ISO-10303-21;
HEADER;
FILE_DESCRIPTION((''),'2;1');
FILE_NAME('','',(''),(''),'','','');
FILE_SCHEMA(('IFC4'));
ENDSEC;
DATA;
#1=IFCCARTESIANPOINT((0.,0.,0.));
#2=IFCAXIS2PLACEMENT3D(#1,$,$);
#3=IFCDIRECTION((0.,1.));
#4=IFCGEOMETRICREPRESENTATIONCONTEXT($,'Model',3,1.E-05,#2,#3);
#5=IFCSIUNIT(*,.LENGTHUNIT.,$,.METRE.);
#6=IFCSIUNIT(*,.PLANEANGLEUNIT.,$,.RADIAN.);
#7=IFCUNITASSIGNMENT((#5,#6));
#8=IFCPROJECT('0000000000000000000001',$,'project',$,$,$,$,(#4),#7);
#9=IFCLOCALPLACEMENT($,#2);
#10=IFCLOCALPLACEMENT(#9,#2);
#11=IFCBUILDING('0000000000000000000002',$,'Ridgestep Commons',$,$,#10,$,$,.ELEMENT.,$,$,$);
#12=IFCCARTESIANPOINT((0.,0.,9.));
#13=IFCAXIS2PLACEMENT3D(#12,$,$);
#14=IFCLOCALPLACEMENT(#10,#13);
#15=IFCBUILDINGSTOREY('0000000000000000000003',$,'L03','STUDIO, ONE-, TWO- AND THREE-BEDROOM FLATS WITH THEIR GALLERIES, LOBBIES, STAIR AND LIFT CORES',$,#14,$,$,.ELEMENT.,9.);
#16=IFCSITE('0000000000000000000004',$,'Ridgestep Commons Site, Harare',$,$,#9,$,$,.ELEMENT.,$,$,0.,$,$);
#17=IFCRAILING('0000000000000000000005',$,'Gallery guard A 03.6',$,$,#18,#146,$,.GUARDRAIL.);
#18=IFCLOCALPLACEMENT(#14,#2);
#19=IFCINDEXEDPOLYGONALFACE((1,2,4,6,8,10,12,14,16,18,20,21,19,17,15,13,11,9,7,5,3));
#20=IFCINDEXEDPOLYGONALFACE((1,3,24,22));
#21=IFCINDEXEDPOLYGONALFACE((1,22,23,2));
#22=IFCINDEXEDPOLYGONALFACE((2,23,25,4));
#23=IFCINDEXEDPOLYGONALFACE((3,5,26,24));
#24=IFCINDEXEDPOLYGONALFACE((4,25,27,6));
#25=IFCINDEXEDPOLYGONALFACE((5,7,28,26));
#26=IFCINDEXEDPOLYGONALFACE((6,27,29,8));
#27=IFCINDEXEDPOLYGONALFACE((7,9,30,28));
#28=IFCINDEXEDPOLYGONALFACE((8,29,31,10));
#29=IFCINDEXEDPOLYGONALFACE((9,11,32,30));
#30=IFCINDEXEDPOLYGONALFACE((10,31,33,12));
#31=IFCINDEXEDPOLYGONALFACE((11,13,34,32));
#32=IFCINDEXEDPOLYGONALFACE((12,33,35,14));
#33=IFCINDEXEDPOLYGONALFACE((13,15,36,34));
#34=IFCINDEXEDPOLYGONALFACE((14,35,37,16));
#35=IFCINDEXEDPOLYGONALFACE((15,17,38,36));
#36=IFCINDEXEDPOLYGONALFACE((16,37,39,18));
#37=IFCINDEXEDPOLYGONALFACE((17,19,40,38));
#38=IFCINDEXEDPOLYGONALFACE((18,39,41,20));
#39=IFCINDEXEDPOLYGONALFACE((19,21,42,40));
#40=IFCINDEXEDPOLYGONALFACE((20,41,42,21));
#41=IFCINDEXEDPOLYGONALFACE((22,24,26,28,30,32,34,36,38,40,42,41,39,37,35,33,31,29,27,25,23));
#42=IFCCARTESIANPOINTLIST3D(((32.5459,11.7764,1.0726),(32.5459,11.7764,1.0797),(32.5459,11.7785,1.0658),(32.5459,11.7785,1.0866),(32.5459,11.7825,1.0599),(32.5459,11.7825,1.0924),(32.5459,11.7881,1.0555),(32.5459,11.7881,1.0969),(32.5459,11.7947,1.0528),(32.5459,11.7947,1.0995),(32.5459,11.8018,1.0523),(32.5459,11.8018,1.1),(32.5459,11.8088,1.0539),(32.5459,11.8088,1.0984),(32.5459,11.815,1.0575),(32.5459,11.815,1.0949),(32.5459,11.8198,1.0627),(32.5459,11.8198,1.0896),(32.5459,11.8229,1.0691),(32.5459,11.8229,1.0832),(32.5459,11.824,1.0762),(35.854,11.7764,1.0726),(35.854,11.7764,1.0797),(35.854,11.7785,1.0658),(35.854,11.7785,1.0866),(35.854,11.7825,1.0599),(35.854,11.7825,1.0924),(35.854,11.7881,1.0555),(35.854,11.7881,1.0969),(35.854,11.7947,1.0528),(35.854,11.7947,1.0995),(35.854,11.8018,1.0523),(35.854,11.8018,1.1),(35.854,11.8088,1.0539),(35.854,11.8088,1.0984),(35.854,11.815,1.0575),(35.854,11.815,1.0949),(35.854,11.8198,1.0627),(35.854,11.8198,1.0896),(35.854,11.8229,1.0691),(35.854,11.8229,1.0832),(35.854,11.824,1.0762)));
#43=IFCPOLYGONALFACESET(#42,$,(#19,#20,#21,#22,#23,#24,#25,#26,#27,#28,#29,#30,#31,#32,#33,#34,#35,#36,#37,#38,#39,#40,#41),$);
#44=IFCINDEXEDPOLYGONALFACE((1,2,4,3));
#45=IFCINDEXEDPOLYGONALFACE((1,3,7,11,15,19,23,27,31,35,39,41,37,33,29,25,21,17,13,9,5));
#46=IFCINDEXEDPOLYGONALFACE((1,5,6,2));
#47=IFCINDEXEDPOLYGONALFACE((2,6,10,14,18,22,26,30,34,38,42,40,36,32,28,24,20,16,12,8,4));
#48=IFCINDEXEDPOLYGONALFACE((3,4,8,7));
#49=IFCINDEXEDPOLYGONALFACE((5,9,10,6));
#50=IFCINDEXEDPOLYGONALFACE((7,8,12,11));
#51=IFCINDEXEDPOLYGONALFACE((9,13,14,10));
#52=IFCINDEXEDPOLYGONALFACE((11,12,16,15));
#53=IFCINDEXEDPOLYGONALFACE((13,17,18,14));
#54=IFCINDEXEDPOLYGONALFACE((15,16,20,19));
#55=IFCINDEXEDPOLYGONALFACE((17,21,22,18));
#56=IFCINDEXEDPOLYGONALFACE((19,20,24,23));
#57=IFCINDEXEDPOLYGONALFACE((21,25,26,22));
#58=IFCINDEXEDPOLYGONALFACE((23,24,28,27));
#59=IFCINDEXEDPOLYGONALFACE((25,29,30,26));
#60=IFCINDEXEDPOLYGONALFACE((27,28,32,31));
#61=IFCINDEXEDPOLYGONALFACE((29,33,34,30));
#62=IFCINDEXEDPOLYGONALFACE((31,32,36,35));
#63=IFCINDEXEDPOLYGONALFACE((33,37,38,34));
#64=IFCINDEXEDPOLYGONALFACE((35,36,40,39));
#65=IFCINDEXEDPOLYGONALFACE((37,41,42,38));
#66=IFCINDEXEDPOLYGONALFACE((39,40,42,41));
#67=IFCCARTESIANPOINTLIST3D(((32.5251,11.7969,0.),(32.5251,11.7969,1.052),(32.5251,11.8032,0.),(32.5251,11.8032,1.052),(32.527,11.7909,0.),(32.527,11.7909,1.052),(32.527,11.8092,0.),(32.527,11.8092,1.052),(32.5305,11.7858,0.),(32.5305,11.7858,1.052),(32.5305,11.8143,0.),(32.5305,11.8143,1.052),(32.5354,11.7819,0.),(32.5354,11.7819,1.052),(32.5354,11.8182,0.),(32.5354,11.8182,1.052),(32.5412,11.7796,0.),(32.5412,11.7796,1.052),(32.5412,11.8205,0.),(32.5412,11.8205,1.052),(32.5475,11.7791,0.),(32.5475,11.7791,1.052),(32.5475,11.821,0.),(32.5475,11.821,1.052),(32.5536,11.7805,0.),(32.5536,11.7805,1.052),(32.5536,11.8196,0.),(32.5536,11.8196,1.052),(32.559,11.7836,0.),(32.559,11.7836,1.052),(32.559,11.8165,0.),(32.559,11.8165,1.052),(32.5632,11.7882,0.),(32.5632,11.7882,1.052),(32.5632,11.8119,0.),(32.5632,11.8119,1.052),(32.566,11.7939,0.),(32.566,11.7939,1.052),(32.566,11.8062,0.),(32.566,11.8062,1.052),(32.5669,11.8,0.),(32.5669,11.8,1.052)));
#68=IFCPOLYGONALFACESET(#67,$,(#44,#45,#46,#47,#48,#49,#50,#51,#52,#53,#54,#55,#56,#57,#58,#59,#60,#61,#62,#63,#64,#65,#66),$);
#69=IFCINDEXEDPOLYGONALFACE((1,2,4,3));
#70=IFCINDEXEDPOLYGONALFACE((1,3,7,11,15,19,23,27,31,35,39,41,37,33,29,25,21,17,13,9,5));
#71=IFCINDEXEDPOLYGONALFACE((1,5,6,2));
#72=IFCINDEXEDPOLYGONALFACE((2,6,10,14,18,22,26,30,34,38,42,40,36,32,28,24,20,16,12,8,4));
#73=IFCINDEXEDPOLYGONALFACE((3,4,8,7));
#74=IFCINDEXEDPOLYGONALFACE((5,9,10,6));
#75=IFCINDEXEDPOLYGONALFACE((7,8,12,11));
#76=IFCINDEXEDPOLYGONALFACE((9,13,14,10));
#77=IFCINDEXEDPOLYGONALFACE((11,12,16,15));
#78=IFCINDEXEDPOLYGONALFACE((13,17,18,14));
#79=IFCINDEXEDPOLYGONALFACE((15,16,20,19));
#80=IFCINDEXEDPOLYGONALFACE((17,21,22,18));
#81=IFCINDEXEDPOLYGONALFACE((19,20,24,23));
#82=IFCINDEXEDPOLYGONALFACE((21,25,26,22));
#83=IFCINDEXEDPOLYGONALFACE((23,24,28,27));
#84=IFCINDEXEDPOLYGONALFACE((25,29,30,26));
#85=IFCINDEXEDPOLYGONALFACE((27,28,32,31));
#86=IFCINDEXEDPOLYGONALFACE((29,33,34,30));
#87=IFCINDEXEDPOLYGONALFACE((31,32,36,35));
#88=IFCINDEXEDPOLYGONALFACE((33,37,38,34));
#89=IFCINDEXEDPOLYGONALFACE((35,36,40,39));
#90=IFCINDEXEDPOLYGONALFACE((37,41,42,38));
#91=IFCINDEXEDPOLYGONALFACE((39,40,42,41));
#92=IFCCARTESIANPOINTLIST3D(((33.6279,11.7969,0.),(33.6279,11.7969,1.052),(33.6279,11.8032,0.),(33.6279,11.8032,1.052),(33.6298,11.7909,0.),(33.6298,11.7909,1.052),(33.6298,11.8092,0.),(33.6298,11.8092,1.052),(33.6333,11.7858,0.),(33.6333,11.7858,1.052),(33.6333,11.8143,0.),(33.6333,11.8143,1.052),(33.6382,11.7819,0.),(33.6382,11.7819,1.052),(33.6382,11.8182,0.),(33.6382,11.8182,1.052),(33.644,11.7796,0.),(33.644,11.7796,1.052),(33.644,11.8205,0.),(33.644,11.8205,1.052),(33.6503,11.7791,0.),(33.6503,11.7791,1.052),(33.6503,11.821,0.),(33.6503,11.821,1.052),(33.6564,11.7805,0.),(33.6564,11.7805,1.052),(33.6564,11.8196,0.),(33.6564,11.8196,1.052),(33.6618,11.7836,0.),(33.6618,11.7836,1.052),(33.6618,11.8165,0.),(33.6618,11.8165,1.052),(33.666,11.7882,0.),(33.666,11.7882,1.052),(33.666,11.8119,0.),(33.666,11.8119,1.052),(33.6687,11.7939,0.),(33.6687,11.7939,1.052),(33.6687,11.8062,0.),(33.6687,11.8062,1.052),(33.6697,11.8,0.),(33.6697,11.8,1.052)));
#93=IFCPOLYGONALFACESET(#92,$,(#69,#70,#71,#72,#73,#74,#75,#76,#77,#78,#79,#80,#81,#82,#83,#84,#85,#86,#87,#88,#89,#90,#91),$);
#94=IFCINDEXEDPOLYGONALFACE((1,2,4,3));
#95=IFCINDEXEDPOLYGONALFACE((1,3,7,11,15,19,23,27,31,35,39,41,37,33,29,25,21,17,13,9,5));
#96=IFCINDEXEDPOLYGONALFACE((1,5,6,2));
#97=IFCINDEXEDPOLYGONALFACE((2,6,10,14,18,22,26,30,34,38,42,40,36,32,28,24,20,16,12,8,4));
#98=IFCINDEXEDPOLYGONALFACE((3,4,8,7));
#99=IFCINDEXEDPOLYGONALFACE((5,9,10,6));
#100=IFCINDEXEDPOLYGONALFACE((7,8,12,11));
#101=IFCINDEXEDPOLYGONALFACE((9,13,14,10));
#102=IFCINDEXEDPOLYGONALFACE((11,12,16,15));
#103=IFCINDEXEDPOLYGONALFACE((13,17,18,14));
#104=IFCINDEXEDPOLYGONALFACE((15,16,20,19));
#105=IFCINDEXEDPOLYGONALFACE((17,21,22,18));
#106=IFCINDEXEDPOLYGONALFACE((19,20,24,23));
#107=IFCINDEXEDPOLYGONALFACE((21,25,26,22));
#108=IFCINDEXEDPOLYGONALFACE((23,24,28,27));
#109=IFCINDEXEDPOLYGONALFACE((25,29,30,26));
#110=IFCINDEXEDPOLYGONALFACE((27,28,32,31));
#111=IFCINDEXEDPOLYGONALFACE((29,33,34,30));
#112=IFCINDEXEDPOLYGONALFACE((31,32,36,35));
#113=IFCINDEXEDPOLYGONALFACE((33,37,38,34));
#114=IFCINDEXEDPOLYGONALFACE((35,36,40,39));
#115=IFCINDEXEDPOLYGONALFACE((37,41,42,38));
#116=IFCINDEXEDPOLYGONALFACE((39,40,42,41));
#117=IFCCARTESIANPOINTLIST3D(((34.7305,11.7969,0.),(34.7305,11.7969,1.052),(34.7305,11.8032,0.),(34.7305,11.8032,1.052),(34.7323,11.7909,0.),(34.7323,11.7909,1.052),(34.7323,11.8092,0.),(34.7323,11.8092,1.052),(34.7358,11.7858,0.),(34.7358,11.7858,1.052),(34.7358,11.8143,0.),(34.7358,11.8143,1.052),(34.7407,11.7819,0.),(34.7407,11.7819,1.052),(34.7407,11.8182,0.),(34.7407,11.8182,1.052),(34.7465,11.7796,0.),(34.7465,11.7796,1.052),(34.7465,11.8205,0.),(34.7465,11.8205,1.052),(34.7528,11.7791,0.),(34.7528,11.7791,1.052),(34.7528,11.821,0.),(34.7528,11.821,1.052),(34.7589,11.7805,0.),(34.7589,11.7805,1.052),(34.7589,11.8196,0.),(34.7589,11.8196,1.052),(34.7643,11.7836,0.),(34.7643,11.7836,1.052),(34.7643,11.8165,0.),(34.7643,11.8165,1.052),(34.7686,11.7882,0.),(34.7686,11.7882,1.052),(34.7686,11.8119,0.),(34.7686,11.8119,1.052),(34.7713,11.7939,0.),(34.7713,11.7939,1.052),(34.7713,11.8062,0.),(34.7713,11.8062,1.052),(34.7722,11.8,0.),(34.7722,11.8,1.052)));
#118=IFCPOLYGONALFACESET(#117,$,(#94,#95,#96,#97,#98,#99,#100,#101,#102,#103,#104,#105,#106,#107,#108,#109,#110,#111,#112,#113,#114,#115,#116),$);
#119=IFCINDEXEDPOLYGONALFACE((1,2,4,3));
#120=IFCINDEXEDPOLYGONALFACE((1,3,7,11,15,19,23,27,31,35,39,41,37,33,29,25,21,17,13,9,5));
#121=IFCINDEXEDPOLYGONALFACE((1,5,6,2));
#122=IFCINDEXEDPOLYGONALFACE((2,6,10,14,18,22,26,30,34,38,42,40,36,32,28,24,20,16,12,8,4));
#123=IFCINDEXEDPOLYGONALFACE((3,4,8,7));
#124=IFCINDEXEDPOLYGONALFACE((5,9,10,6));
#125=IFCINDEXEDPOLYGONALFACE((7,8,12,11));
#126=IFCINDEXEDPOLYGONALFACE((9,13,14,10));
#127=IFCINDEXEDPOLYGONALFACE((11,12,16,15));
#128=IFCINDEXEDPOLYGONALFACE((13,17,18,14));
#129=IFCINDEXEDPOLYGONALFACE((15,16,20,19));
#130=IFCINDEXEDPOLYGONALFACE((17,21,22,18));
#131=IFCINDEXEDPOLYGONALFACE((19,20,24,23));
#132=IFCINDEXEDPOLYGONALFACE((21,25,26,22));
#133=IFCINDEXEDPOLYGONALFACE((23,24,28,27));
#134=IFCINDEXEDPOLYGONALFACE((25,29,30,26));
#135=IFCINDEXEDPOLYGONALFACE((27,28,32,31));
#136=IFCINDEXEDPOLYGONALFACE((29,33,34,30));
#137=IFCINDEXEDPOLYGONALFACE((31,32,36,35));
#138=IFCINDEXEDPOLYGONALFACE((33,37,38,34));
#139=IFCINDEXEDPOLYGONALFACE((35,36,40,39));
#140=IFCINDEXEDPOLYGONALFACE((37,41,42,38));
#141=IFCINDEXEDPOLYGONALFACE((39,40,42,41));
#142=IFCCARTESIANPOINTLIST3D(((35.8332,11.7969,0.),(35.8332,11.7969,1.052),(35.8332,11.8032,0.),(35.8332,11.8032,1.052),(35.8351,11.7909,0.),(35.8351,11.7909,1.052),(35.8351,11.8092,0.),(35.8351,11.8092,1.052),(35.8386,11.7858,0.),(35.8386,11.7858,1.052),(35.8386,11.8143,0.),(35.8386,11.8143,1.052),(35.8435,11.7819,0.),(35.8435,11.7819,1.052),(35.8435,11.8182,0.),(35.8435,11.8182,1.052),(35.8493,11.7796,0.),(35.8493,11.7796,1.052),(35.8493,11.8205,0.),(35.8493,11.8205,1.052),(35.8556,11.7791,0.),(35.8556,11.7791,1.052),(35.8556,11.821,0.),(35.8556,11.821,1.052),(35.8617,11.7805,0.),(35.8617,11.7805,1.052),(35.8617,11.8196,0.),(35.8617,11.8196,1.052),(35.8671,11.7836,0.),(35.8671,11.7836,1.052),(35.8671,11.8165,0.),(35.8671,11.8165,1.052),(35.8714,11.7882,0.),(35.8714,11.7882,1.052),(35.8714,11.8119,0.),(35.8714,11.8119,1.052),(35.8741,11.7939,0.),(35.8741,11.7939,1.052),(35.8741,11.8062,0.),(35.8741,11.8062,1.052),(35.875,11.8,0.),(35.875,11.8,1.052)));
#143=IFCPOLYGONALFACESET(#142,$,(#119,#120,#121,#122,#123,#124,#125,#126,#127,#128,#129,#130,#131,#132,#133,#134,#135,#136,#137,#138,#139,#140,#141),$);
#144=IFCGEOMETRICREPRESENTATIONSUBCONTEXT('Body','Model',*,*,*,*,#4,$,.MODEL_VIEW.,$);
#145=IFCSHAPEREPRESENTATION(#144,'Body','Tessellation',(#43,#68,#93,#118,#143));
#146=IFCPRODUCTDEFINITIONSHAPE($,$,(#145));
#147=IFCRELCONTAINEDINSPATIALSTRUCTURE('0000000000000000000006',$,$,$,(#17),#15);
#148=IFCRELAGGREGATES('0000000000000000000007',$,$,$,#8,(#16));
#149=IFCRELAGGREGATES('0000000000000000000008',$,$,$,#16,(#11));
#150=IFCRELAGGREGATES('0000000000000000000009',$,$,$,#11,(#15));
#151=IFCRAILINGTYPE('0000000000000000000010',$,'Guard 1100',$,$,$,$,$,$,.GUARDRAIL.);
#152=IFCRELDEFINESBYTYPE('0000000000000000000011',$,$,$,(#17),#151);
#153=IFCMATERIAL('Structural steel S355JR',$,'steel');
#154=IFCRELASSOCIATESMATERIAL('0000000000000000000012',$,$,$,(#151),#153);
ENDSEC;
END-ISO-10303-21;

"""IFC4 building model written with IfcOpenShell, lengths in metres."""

from ifc_helpers import new_model, si_unit, direction, frame, origin, origin_2d, place, context, subcontext, project, spatial, circle, extrude, material, type_object, element, save


model = new_model("IFC4")

# Units and contexts
model_context = context("Model", 3, precision=1e-05, world=origin(), true_north=direction((0.0, 1.0)))
body_context = subcontext(model_context, "Body", "Model", "MODEL_VIEW")
ifc_project = project(units=[si_unit("LENGTHUNIT", "METRE"), si_unit("PLANEANGLEUNIT", "RADIAN")], contexts=[model_context])

# Site, building, storey
site_placement = place(None, origin())
site = spatial("IfcSite", under=ifc_project, at=site_placement, Name="Ridgestep Commons Site, Harare", CompositionType="ELEMENT", RefElevation=0.0)
building_placement = place(site_placement, origin())
building = spatial("IfcBuilding", under=site, at=building_placement, Name="Ridgestep Commons", CompositionType="ELEMENT")
storey_placement = place(building_placement, frame((0.0, 0.0, 9.0)))
storey = spatial("IfcBuildingStorey", under=building, at=storey_placement, Name="L03", Description="STUDIO, ONE-, TWO- AND THREE-BEDROOM FLATS WITH THEIR GALLERIES, LOBBIES, STAIR AND LIFT CORES", CompositionType="ELEMENT", Elevation=9.0)

# Railing
ifc_material_1 = material(Name="Structural steel S355JR", Category="steel")
railing_type = type_object("IfcRailingType", Name="Guard 1100", PredefinedType="GUARDRAIL", material=ifc_material_1)
for number, where, name in (
    (1, (32.5459, 11.8, 0.0), "Gallery guard A 03.6"),
):
    element("IfcRailing", number, at=place(storey_placement, frame(where)), inside=storey, type_object=railing_type, Name=name, PredefinedType="GUARDRAIL", context=body_context, shape_type="SweptSolid", body=[
        extrude(circle(Radius=0.0239, at=origin_2d()), frame((0.0, 0.0, 1.0762), z_axis=(1.0, 0.0, 0.0), x_axis=(0.0, 1.0, 0.0)), (0.0, 0.0, 1.0), 3.3081),
        extrude(circle(Radius=0.021, at=origin_2d()), origin(), (0.0, 0.0, 1.0), 1.052),
        extrude(circle(Radius=0.021, at=origin_2d()), frame((1.1028, 0.0, 0.0)), (0.0, 0.0, 1.0), 1.052),
        extrude(circle(Radius=0.021, at=origin_2d()), frame((2.2053, 0.0, 0.0)), (0.0, 0.0, 1.0), 1.052),
        extrude(circle(Radius=0.021, at=origin_2d()), frame((3.3081, 0.0, 0.0)), (0.0, 0.0, 1.0), 1.052),
    ])

save(model, "model.ifc")
